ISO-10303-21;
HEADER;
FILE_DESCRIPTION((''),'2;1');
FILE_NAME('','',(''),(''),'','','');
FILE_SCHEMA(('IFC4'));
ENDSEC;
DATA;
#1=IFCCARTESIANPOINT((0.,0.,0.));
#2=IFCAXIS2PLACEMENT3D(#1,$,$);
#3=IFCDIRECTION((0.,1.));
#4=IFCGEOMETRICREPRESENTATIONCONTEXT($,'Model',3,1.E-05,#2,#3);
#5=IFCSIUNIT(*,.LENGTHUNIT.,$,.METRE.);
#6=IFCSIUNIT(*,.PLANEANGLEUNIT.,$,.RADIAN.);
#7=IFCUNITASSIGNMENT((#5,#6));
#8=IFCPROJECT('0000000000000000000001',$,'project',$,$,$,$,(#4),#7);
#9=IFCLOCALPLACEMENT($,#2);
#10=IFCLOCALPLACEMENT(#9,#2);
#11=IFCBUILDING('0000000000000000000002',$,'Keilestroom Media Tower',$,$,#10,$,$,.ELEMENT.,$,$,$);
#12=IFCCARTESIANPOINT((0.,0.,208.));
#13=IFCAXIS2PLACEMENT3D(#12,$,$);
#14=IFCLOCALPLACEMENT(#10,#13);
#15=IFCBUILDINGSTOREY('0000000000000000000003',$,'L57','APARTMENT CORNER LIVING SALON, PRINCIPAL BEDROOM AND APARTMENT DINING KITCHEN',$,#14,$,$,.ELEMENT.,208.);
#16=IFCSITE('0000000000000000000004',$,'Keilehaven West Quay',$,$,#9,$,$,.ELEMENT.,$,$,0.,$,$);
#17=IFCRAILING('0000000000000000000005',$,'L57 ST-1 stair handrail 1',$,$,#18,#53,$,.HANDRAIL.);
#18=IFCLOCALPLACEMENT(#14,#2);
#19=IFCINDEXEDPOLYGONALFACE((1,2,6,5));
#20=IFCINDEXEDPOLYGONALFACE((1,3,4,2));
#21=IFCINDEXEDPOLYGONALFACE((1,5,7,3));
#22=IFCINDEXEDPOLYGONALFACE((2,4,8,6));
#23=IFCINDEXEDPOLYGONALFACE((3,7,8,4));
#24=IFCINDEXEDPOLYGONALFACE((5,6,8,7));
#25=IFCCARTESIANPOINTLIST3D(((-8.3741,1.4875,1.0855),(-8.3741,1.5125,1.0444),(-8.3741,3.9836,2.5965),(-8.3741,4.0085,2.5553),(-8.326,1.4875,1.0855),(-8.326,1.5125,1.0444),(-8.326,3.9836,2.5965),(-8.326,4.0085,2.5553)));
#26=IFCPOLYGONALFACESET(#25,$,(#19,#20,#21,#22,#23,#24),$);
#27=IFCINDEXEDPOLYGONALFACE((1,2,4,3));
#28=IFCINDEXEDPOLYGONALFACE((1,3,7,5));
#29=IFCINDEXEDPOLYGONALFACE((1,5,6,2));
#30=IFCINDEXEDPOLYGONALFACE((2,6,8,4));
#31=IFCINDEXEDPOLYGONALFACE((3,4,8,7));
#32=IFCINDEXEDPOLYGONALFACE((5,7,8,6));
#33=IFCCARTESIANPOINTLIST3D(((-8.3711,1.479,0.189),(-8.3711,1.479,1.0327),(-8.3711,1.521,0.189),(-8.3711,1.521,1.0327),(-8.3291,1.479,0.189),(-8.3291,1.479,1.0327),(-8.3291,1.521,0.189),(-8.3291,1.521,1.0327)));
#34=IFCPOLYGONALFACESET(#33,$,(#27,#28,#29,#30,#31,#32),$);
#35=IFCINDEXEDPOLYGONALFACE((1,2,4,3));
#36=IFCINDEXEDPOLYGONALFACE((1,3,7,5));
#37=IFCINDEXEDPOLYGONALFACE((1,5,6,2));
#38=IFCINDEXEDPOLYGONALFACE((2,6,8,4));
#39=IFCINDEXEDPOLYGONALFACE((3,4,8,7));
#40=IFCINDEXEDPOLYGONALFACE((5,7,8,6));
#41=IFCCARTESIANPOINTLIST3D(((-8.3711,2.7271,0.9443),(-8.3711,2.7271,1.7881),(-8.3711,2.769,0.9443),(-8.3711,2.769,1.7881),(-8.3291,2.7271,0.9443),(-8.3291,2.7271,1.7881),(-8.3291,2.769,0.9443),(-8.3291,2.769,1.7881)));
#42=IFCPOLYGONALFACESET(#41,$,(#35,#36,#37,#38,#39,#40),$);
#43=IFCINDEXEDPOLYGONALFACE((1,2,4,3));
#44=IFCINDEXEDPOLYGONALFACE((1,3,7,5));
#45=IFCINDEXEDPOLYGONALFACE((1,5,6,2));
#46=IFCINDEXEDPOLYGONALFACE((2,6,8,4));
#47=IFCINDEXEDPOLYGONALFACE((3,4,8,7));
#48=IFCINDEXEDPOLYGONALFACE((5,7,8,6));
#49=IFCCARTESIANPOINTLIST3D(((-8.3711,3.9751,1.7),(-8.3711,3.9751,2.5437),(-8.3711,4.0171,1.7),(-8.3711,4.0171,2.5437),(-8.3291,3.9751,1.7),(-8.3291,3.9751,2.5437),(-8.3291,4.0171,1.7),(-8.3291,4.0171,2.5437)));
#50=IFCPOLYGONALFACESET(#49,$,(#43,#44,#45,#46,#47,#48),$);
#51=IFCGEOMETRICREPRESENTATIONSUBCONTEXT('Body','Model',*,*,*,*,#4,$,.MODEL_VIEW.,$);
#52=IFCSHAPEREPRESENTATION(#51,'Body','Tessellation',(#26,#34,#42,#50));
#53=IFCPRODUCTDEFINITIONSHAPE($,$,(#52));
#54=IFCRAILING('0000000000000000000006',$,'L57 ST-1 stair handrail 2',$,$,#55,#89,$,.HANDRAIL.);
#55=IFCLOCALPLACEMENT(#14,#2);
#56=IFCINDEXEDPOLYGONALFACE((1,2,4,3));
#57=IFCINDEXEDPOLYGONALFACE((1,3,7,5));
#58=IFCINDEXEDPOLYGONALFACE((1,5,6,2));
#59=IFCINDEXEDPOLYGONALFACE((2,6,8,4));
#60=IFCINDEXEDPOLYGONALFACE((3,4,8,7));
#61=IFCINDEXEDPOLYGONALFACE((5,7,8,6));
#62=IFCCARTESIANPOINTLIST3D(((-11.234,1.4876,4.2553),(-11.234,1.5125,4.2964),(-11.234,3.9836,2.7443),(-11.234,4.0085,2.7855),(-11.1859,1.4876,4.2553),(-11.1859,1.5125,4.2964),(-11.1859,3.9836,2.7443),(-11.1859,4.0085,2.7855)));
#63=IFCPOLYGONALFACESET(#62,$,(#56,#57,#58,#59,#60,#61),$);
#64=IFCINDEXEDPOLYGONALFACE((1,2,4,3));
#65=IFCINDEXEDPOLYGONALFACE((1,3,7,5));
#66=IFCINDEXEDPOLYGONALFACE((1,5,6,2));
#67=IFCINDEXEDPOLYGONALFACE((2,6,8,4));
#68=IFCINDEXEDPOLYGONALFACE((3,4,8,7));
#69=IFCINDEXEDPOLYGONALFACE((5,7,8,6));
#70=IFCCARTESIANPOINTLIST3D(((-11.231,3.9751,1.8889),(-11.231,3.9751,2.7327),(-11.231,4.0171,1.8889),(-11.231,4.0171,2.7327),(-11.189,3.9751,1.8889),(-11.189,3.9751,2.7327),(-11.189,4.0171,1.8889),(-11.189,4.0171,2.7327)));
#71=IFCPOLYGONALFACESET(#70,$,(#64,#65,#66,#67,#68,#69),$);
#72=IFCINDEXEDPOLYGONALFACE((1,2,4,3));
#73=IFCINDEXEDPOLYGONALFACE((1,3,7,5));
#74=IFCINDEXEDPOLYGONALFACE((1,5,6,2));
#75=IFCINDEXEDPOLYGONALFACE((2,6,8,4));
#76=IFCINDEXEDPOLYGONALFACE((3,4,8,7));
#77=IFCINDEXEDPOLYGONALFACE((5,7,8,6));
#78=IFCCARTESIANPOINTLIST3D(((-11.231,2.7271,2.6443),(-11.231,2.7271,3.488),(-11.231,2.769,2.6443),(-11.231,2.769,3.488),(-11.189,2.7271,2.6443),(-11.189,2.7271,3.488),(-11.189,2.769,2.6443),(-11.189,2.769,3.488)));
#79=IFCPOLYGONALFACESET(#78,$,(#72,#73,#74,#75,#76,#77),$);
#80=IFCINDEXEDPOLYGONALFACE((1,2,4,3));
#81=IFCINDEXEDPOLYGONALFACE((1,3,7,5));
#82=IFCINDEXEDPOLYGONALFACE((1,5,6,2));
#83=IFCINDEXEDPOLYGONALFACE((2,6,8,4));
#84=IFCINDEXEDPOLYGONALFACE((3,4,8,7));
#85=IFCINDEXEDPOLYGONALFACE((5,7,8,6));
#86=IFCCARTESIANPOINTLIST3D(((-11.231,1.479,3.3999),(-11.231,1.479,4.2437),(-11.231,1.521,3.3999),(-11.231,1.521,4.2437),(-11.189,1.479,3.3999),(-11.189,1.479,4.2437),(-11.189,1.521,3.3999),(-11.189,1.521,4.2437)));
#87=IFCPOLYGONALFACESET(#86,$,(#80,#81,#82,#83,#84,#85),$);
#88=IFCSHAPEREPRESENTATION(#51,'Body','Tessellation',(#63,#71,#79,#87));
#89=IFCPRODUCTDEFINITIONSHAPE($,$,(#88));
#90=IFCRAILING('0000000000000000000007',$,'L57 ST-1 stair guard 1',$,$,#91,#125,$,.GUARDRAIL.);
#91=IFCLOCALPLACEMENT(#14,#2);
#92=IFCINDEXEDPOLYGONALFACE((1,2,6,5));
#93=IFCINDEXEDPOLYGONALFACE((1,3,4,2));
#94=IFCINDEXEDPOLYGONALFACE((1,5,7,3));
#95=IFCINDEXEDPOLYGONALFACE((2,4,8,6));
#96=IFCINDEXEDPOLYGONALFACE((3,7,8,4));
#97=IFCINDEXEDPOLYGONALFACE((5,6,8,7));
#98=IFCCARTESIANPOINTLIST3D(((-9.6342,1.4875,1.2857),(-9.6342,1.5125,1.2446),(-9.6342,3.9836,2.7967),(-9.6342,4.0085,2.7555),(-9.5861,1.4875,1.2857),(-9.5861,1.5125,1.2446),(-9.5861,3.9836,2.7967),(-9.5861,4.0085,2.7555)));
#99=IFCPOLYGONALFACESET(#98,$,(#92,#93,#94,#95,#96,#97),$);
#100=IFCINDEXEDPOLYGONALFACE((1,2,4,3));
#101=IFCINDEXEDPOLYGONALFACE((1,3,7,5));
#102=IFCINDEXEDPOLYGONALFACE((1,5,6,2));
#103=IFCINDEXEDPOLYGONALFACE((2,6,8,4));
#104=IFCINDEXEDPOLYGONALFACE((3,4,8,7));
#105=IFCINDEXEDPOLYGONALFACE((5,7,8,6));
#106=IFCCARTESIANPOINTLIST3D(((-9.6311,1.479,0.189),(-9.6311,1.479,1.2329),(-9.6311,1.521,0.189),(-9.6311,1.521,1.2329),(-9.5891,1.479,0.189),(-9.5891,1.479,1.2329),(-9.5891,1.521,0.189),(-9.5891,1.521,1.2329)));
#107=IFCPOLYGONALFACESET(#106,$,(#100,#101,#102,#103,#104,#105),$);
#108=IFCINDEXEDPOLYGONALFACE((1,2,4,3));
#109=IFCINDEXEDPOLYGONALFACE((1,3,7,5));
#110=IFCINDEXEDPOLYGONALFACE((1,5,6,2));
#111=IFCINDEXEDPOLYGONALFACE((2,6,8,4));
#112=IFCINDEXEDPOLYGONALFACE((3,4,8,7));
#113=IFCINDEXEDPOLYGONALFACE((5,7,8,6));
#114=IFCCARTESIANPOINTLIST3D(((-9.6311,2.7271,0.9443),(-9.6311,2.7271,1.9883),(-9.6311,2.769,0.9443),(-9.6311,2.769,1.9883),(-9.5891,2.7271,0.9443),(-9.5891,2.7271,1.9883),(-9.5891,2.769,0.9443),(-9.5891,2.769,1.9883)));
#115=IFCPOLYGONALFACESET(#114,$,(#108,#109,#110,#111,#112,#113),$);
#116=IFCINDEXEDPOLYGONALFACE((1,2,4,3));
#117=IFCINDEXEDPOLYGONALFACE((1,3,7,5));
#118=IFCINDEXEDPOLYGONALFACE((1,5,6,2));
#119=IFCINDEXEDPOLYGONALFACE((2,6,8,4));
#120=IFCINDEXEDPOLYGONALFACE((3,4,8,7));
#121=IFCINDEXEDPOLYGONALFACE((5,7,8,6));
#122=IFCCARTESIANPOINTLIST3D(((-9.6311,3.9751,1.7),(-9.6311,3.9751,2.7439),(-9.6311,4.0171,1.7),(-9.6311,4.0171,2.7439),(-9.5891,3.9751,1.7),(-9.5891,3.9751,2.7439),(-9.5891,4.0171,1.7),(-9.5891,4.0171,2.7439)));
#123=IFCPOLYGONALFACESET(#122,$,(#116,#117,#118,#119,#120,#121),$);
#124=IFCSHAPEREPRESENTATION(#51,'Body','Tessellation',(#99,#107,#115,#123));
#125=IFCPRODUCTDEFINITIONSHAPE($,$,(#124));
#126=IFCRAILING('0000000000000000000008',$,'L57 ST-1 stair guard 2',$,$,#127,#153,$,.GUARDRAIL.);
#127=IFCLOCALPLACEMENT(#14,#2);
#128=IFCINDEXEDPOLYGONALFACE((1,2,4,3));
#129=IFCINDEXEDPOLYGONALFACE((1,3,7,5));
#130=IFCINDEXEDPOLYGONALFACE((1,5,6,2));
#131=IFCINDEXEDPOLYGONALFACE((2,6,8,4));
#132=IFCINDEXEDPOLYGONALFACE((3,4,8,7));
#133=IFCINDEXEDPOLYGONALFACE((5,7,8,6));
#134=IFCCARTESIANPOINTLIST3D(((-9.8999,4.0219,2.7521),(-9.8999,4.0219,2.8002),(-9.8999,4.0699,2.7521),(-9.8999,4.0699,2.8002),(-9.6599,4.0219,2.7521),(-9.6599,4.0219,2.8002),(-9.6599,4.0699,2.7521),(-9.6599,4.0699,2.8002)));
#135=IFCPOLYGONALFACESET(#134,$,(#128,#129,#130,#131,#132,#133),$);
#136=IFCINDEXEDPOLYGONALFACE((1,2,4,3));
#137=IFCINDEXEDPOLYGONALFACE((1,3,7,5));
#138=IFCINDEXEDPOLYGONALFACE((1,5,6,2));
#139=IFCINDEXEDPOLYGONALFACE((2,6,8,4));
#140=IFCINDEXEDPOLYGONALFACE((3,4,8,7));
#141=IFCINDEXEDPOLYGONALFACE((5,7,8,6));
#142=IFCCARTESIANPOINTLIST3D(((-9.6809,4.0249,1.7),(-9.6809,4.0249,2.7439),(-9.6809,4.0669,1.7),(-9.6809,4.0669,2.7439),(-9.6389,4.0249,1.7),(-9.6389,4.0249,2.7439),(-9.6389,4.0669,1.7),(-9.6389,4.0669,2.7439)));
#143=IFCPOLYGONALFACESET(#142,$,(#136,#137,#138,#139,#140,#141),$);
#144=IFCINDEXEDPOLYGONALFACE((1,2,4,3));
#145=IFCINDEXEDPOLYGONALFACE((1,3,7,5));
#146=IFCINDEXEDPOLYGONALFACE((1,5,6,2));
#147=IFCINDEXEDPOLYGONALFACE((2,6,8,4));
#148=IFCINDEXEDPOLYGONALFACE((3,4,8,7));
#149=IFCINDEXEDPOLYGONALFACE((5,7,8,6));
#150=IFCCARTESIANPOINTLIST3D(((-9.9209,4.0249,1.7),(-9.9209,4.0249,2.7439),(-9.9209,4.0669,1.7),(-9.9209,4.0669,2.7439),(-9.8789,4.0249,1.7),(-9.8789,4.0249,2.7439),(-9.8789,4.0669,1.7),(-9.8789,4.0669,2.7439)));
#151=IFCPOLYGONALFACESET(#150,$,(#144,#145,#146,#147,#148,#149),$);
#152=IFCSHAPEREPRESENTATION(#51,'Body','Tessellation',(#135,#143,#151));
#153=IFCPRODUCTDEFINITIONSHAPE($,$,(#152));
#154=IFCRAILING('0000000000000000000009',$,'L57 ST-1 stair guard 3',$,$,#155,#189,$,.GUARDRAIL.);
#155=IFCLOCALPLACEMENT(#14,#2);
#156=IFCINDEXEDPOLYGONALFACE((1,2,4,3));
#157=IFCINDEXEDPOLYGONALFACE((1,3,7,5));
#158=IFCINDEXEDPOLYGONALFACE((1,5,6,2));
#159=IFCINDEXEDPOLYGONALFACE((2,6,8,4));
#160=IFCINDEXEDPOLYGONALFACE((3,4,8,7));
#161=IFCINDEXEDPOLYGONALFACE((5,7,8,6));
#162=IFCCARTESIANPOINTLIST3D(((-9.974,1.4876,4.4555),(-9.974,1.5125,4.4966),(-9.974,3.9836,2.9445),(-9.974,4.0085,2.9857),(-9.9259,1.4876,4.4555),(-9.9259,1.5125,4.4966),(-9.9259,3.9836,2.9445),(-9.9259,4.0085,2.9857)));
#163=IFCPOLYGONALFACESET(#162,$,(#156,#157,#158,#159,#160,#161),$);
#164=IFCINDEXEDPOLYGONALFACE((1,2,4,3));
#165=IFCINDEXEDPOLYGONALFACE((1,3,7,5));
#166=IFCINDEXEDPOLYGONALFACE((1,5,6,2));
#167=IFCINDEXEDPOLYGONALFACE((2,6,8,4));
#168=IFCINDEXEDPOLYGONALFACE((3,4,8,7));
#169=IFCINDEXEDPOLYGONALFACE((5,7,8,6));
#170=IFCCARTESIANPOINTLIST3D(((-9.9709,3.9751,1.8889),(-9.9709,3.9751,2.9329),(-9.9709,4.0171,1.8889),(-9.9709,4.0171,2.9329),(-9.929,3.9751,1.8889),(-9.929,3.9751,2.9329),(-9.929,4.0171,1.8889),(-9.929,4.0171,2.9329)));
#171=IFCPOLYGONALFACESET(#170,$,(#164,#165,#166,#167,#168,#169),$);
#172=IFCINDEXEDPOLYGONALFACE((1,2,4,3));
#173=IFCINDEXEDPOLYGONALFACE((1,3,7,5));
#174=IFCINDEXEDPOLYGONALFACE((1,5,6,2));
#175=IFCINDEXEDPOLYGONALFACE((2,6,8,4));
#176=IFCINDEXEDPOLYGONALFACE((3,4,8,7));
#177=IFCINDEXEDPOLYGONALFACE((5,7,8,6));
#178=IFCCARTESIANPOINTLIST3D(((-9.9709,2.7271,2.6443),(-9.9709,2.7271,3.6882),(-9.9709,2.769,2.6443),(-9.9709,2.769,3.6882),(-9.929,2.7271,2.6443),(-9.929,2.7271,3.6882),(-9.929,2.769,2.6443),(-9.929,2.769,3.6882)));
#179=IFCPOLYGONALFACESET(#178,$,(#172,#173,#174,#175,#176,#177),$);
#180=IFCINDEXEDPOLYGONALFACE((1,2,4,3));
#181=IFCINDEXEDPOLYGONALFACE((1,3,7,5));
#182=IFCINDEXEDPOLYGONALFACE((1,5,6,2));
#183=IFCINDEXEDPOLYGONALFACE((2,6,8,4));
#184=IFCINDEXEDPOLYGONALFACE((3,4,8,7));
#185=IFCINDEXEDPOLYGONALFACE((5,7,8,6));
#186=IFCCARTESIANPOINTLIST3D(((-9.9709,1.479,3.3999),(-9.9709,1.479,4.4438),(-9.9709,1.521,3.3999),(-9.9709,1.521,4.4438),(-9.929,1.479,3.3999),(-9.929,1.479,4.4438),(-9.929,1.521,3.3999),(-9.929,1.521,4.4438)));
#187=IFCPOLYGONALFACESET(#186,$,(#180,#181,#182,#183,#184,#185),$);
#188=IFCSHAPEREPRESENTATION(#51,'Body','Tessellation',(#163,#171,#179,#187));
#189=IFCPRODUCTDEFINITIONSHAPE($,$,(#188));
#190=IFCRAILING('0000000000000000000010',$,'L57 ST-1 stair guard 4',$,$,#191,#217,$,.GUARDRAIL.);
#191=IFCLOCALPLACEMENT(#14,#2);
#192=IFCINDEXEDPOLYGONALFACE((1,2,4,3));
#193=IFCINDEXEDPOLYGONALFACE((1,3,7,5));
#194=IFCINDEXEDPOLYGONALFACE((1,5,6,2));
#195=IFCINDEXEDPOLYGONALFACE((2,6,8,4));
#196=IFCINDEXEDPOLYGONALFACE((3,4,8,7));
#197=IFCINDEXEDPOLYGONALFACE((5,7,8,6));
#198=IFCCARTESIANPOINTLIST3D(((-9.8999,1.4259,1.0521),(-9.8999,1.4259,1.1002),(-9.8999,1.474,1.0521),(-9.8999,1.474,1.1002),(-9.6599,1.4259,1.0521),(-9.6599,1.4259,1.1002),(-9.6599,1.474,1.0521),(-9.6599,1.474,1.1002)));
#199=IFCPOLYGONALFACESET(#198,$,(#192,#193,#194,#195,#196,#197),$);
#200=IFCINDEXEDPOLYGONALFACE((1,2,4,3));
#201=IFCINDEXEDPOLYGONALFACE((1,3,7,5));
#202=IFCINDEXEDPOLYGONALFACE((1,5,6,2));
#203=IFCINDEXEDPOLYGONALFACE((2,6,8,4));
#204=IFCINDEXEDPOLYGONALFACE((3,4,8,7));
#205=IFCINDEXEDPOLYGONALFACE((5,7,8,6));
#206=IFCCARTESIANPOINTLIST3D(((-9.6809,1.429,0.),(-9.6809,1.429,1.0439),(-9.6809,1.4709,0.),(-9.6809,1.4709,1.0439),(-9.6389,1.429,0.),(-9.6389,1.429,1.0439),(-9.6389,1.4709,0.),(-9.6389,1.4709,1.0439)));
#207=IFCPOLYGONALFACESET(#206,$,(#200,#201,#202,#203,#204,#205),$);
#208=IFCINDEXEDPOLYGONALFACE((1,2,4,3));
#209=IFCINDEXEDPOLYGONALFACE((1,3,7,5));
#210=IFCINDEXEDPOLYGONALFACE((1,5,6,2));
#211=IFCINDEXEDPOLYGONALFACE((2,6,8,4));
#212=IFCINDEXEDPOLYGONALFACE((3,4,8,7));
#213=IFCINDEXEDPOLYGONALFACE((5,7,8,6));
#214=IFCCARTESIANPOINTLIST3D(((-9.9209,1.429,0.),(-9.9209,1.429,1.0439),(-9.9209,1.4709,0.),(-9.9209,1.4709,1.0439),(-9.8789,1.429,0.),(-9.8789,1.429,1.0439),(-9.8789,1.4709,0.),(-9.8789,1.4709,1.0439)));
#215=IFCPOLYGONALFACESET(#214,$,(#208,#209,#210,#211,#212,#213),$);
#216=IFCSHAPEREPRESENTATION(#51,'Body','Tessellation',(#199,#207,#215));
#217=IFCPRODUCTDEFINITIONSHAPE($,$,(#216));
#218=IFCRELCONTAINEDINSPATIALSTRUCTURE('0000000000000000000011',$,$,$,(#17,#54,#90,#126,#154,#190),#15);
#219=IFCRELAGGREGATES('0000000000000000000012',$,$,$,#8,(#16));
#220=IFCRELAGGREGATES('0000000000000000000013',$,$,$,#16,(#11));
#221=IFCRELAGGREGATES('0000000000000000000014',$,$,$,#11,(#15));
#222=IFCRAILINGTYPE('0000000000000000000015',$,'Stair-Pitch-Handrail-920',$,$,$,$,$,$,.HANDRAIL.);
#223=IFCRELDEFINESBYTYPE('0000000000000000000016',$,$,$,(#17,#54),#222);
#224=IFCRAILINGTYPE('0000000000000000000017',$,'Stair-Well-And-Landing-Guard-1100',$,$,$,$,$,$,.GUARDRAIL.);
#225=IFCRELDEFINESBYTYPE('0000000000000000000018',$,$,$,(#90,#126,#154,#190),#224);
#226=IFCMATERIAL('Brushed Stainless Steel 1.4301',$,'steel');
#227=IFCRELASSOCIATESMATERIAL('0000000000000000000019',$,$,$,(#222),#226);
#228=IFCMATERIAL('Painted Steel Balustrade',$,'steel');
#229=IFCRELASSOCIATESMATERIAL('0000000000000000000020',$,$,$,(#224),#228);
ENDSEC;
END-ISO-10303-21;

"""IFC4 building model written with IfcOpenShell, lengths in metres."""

from ifc_helpers import new_model, si_unit, direction, frame, origin, origin_2d, place, context, subcontext, project, spatial, rectangle, extrude, material, type_object, element, save


model = new_model("IFC4")

# Units and contexts
model_context = context("Model", 3, precision=1e-05, world=origin(), true_north=direction((0.0, 1.0)))
body_context = subcontext(model_context, "Body", "Model", "MODEL_VIEW")
ifc_project = project(units=[si_unit("LENGTHUNIT", "METRE"), si_unit("PLANEANGLEUNIT", "RADIAN")], contexts=[model_context])

# Site, building, storey
site_placement = place(None, origin())
site = spatial("IfcSite", under=ifc_project, at=site_placement, Name="Keilehaven West Quay", CompositionType="ELEMENT", RefElevation=0.0)
building_placement = place(site_placement, origin())
building = spatial("IfcBuilding", under=site, at=building_placement, Name="Keilestroom Media Tower", CompositionType="ELEMENT")
storey_placement = place(building_placement, frame((0.0, 0.0, 208.0)))
storey = spatial("IfcBuildingStorey", under=building, at=storey_placement, Name="L57", Description="APARTMENT CORNER LIVING SALON, PRINCIPAL BEDROOM AND APARTMENT DINING KITCHEN", CompositionType="ELEMENT", Elevation=208.0)

# Railings
ifc_material_1 = material(Name="Brushed Stainless Steel 1.4301", Category="steel")
railing_type_1 = type_object("IfcRailingType", Name="Stair-Pitch-Handrail-920", PredefinedType="HANDRAIL", material=ifc_material_1)
railing_1_placement = place(storey_placement, frame((-8.3501, 1.5, 0.189)))
element("IfcRailing", 1, at=railing_1_placement, inside=storey, type_object=railing_type_1, Name="L57 ST-1 stair handrail 1", PredefinedType="HANDRAIL", context=body_context, shape_type="SweptSolid", body=[
    extrude(rectangle(XDim=0.0481, YDim=0.0481, at=origin_2d()), frame((0.0, 0.0, 0.876), z_axis=(0.0, 0.855471, 0.517851), x_axis=(-1.0, 0.0, 0.0)), (0.0, 0.0, 1.0), 2.9177),
    extrude(rectangle(XDim=0.042, YDim=0.042, at=origin_2d()), origin(), (0.0, 0.0, 1.0), 0.8438),
    extrude(rectangle(XDim=0.042, YDim=0.042, at=origin_2d()), frame((0.0, 1.248, 0.7554)), (0.0, 0.0, 1.0), 0.8438),
    extrude(rectangle(XDim=0.042, YDim=0.042, at=origin_2d()), frame((0.0, 2.4961, 1.511)), (0.0, 0.0, 1.0), 0.8438),
])
railing_2_placement = place(storey_placement, frame((-11.21, 3.9961, 1.8889)))
element("IfcRailing", 2, at=railing_2_placement, inside=storey, type_object=railing_type_1, Name="L57 ST-1 stair handrail 2", PredefinedType="HANDRAIL", context=body_context, shape_type="SweptSolid", body=[
    extrude(rectangle(XDim=0.0481, YDim=0.0481, at=origin_2d()), frame((0.0, 0.0, 0.876), z_axis=(0.0, -0.855471, 0.517851), x_axis=(1.0, 0.0, 0.0)), (0.0, 0.0, 1.0), 2.9177),
    extrude(rectangle(XDim=0.042, YDim=0.042, at=origin_2d()), origin(), (0.0, 0.0, 1.0), 0.8438),
    extrude(rectangle(XDim=0.042, YDim=0.042, at=origin_2d()), frame((0.0, -1.248, 0.7554)), (0.0, 0.0, 1.0), 0.8438),
    extrude(rectangle(XDim=0.042, YDim=0.042, at=origin_2d()), frame((0.0, -2.4961, 1.511)), (0.0, 0.0, 1.0), 0.8438),
])
ifc_material_2 = material(Name="Painted Steel Balustrade", Category="steel")
railing_type_2 = type_object("IfcRailingType", Name="Stair-Well-And-Landing-Guard-1100", PredefinedType="GUARDRAIL", material=ifc_material_2)
railing_3_placement = place(storey_placement, frame((-9.6101, 1.5, 0.189)))
element("IfcRailing", 3, at=railing_3_placement, inside=storey, type_object=railing_type_2, Name="L57 ST-1 stair guard 1", PredefinedType="GUARDRAIL", context=body_context, shape_type="SweptSolid", body=[
    extrude(rectangle(XDim=0.0481, YDim=0.0481, at=origin_2d()), frame((0.0, 0.0, 1.0762), z_axis=(0.0, 0.855471, 0.517851), x_axis=(-1.0, 0.0, 0.0)), (0.0, 0.0, 1.0), 2.9177),
    extrude(rectangle(XDim=0.042, YDim=0.042, at=origin_2d()), origin(), (0.0, 0.0, 1.0), 1.0439),
    extrude(rectangle(XDim=0.042, YDim=0.042, at=origin_2d()), frame((0.0, 1.248, 0.7554)), (0.0, 0.0, 1.0), 1.0439),
    extrude(rectangle(XDim=0.042, YDim=0.042, at=origin_2d()), frame((0.0, 2.4961, 1.511)), (0.0, 0.0, 1.0), 1.0439),
])
railing_4_placement = place(storey_placement, frame((-9.6599, 4.0459, 1.7)))
element("IfcRailing", 4, at=railing_4_placement, inside=storey, type_object=railing_type_2, Name="L57 ST-1 stair guard 2", PredefinedType="GUARDRAIL", context=body_context, shape_type="SweptSolid", body=[
    extrude(rectangle(XDim=0.0481, YDim=0.0481, at=origin_2d()), frame((0.0, 0.0, 1.0762), z_axis=(-1.0, 0.0, 0.0), x_axis=(0.0, -1.0, 0.0)), (0.0, 0.0, 1.0), 0.24),
    extrude(rectangle(XDim=0.042, YDim=0.042, at=origin_2d()), origin(), (0.0, 0.0, 1.0), 1.0439),
    extrude(rectangle(XDim=0.042, YDim=0.042, at=origin_2d()), frame((-0.24, 0.0, 0.0)), (0.0, 0.0, 1.0), 1.0439),
])
railing_5_placement = place(storey_placement, frame((-9.95, 3.9961, 1.8889)))
element("IfcRailing", 5, at=railing_5_placement, inside=storey, type_object=railing_type_2, Name="L57 ST-1 stair guard 3", PredefinedType="GUARDRAIL", context=body_context, shape_type="SweptSolid", body=[
    extrude(rectangle(XDim=0.0481, YDim=0.0481, at=origin_2d()), frame((0.0, 0.0, 1.0762), z_axis=(0.0, -0.855471, 0.517851), x_axis=(1.0, 0.0, 0.0)), (0.0, 0.0, 1.0), 2.9177),
    extrude(rectangle(XDim=0.042, YDim=0.042, at=origin_2d()), origin(), (0.0, 0.0, 1.0), 1.0439),
    extrude(rectangle(XDim=0.042, YDim=0.042, at=origin_2d()), frame((0.0, -1.248, 0.7554)), (0.0, 0.0, 1.0), 1.0439),
    extrude(rectangle(XDim=0.042, YDim=0.042, at=origin_2d()), frame((0.0, -2.4961, 1.511)), (0.0, 0.0, 1.0), 1.0439),
])
railing_6_placement = place(storey_placement, frame((-9.6599, 1.45, 0.0)))
element("IfcRailing", 6, at=railing_6_placement, inside=storey, type_object=railing_type_2, Name="L57 ST-1 stair guard 4", PredefinedType="GUARDRAIL", context=body_context, shape_type="SweptSolid", body=[
    extrude(rectangle(XDim=0.0481, YDim=0.0481, at=origin_2d()), frame((0.0, 0.0, 1.0762), z_axis=(-1.0, 0.0, 0.0), x_axis=(0.0, -1.0, 0.0)), (0.0, 0.0, 1.0), 0.24),
    extrude(rectangle(XDim=0.042, YDim=0.042, at=origin_2d()), origin(), (0.0, 0.0, 1.0), 1.0439),
    extrude(rectangle(XDim=0.042, YDim=0.042, at=origin_2d()), frame((-0.24, 0.0, 0.0)), (0.0, 0.0, 1.0), 1.0439),
])

save(model, "model.ifc")
